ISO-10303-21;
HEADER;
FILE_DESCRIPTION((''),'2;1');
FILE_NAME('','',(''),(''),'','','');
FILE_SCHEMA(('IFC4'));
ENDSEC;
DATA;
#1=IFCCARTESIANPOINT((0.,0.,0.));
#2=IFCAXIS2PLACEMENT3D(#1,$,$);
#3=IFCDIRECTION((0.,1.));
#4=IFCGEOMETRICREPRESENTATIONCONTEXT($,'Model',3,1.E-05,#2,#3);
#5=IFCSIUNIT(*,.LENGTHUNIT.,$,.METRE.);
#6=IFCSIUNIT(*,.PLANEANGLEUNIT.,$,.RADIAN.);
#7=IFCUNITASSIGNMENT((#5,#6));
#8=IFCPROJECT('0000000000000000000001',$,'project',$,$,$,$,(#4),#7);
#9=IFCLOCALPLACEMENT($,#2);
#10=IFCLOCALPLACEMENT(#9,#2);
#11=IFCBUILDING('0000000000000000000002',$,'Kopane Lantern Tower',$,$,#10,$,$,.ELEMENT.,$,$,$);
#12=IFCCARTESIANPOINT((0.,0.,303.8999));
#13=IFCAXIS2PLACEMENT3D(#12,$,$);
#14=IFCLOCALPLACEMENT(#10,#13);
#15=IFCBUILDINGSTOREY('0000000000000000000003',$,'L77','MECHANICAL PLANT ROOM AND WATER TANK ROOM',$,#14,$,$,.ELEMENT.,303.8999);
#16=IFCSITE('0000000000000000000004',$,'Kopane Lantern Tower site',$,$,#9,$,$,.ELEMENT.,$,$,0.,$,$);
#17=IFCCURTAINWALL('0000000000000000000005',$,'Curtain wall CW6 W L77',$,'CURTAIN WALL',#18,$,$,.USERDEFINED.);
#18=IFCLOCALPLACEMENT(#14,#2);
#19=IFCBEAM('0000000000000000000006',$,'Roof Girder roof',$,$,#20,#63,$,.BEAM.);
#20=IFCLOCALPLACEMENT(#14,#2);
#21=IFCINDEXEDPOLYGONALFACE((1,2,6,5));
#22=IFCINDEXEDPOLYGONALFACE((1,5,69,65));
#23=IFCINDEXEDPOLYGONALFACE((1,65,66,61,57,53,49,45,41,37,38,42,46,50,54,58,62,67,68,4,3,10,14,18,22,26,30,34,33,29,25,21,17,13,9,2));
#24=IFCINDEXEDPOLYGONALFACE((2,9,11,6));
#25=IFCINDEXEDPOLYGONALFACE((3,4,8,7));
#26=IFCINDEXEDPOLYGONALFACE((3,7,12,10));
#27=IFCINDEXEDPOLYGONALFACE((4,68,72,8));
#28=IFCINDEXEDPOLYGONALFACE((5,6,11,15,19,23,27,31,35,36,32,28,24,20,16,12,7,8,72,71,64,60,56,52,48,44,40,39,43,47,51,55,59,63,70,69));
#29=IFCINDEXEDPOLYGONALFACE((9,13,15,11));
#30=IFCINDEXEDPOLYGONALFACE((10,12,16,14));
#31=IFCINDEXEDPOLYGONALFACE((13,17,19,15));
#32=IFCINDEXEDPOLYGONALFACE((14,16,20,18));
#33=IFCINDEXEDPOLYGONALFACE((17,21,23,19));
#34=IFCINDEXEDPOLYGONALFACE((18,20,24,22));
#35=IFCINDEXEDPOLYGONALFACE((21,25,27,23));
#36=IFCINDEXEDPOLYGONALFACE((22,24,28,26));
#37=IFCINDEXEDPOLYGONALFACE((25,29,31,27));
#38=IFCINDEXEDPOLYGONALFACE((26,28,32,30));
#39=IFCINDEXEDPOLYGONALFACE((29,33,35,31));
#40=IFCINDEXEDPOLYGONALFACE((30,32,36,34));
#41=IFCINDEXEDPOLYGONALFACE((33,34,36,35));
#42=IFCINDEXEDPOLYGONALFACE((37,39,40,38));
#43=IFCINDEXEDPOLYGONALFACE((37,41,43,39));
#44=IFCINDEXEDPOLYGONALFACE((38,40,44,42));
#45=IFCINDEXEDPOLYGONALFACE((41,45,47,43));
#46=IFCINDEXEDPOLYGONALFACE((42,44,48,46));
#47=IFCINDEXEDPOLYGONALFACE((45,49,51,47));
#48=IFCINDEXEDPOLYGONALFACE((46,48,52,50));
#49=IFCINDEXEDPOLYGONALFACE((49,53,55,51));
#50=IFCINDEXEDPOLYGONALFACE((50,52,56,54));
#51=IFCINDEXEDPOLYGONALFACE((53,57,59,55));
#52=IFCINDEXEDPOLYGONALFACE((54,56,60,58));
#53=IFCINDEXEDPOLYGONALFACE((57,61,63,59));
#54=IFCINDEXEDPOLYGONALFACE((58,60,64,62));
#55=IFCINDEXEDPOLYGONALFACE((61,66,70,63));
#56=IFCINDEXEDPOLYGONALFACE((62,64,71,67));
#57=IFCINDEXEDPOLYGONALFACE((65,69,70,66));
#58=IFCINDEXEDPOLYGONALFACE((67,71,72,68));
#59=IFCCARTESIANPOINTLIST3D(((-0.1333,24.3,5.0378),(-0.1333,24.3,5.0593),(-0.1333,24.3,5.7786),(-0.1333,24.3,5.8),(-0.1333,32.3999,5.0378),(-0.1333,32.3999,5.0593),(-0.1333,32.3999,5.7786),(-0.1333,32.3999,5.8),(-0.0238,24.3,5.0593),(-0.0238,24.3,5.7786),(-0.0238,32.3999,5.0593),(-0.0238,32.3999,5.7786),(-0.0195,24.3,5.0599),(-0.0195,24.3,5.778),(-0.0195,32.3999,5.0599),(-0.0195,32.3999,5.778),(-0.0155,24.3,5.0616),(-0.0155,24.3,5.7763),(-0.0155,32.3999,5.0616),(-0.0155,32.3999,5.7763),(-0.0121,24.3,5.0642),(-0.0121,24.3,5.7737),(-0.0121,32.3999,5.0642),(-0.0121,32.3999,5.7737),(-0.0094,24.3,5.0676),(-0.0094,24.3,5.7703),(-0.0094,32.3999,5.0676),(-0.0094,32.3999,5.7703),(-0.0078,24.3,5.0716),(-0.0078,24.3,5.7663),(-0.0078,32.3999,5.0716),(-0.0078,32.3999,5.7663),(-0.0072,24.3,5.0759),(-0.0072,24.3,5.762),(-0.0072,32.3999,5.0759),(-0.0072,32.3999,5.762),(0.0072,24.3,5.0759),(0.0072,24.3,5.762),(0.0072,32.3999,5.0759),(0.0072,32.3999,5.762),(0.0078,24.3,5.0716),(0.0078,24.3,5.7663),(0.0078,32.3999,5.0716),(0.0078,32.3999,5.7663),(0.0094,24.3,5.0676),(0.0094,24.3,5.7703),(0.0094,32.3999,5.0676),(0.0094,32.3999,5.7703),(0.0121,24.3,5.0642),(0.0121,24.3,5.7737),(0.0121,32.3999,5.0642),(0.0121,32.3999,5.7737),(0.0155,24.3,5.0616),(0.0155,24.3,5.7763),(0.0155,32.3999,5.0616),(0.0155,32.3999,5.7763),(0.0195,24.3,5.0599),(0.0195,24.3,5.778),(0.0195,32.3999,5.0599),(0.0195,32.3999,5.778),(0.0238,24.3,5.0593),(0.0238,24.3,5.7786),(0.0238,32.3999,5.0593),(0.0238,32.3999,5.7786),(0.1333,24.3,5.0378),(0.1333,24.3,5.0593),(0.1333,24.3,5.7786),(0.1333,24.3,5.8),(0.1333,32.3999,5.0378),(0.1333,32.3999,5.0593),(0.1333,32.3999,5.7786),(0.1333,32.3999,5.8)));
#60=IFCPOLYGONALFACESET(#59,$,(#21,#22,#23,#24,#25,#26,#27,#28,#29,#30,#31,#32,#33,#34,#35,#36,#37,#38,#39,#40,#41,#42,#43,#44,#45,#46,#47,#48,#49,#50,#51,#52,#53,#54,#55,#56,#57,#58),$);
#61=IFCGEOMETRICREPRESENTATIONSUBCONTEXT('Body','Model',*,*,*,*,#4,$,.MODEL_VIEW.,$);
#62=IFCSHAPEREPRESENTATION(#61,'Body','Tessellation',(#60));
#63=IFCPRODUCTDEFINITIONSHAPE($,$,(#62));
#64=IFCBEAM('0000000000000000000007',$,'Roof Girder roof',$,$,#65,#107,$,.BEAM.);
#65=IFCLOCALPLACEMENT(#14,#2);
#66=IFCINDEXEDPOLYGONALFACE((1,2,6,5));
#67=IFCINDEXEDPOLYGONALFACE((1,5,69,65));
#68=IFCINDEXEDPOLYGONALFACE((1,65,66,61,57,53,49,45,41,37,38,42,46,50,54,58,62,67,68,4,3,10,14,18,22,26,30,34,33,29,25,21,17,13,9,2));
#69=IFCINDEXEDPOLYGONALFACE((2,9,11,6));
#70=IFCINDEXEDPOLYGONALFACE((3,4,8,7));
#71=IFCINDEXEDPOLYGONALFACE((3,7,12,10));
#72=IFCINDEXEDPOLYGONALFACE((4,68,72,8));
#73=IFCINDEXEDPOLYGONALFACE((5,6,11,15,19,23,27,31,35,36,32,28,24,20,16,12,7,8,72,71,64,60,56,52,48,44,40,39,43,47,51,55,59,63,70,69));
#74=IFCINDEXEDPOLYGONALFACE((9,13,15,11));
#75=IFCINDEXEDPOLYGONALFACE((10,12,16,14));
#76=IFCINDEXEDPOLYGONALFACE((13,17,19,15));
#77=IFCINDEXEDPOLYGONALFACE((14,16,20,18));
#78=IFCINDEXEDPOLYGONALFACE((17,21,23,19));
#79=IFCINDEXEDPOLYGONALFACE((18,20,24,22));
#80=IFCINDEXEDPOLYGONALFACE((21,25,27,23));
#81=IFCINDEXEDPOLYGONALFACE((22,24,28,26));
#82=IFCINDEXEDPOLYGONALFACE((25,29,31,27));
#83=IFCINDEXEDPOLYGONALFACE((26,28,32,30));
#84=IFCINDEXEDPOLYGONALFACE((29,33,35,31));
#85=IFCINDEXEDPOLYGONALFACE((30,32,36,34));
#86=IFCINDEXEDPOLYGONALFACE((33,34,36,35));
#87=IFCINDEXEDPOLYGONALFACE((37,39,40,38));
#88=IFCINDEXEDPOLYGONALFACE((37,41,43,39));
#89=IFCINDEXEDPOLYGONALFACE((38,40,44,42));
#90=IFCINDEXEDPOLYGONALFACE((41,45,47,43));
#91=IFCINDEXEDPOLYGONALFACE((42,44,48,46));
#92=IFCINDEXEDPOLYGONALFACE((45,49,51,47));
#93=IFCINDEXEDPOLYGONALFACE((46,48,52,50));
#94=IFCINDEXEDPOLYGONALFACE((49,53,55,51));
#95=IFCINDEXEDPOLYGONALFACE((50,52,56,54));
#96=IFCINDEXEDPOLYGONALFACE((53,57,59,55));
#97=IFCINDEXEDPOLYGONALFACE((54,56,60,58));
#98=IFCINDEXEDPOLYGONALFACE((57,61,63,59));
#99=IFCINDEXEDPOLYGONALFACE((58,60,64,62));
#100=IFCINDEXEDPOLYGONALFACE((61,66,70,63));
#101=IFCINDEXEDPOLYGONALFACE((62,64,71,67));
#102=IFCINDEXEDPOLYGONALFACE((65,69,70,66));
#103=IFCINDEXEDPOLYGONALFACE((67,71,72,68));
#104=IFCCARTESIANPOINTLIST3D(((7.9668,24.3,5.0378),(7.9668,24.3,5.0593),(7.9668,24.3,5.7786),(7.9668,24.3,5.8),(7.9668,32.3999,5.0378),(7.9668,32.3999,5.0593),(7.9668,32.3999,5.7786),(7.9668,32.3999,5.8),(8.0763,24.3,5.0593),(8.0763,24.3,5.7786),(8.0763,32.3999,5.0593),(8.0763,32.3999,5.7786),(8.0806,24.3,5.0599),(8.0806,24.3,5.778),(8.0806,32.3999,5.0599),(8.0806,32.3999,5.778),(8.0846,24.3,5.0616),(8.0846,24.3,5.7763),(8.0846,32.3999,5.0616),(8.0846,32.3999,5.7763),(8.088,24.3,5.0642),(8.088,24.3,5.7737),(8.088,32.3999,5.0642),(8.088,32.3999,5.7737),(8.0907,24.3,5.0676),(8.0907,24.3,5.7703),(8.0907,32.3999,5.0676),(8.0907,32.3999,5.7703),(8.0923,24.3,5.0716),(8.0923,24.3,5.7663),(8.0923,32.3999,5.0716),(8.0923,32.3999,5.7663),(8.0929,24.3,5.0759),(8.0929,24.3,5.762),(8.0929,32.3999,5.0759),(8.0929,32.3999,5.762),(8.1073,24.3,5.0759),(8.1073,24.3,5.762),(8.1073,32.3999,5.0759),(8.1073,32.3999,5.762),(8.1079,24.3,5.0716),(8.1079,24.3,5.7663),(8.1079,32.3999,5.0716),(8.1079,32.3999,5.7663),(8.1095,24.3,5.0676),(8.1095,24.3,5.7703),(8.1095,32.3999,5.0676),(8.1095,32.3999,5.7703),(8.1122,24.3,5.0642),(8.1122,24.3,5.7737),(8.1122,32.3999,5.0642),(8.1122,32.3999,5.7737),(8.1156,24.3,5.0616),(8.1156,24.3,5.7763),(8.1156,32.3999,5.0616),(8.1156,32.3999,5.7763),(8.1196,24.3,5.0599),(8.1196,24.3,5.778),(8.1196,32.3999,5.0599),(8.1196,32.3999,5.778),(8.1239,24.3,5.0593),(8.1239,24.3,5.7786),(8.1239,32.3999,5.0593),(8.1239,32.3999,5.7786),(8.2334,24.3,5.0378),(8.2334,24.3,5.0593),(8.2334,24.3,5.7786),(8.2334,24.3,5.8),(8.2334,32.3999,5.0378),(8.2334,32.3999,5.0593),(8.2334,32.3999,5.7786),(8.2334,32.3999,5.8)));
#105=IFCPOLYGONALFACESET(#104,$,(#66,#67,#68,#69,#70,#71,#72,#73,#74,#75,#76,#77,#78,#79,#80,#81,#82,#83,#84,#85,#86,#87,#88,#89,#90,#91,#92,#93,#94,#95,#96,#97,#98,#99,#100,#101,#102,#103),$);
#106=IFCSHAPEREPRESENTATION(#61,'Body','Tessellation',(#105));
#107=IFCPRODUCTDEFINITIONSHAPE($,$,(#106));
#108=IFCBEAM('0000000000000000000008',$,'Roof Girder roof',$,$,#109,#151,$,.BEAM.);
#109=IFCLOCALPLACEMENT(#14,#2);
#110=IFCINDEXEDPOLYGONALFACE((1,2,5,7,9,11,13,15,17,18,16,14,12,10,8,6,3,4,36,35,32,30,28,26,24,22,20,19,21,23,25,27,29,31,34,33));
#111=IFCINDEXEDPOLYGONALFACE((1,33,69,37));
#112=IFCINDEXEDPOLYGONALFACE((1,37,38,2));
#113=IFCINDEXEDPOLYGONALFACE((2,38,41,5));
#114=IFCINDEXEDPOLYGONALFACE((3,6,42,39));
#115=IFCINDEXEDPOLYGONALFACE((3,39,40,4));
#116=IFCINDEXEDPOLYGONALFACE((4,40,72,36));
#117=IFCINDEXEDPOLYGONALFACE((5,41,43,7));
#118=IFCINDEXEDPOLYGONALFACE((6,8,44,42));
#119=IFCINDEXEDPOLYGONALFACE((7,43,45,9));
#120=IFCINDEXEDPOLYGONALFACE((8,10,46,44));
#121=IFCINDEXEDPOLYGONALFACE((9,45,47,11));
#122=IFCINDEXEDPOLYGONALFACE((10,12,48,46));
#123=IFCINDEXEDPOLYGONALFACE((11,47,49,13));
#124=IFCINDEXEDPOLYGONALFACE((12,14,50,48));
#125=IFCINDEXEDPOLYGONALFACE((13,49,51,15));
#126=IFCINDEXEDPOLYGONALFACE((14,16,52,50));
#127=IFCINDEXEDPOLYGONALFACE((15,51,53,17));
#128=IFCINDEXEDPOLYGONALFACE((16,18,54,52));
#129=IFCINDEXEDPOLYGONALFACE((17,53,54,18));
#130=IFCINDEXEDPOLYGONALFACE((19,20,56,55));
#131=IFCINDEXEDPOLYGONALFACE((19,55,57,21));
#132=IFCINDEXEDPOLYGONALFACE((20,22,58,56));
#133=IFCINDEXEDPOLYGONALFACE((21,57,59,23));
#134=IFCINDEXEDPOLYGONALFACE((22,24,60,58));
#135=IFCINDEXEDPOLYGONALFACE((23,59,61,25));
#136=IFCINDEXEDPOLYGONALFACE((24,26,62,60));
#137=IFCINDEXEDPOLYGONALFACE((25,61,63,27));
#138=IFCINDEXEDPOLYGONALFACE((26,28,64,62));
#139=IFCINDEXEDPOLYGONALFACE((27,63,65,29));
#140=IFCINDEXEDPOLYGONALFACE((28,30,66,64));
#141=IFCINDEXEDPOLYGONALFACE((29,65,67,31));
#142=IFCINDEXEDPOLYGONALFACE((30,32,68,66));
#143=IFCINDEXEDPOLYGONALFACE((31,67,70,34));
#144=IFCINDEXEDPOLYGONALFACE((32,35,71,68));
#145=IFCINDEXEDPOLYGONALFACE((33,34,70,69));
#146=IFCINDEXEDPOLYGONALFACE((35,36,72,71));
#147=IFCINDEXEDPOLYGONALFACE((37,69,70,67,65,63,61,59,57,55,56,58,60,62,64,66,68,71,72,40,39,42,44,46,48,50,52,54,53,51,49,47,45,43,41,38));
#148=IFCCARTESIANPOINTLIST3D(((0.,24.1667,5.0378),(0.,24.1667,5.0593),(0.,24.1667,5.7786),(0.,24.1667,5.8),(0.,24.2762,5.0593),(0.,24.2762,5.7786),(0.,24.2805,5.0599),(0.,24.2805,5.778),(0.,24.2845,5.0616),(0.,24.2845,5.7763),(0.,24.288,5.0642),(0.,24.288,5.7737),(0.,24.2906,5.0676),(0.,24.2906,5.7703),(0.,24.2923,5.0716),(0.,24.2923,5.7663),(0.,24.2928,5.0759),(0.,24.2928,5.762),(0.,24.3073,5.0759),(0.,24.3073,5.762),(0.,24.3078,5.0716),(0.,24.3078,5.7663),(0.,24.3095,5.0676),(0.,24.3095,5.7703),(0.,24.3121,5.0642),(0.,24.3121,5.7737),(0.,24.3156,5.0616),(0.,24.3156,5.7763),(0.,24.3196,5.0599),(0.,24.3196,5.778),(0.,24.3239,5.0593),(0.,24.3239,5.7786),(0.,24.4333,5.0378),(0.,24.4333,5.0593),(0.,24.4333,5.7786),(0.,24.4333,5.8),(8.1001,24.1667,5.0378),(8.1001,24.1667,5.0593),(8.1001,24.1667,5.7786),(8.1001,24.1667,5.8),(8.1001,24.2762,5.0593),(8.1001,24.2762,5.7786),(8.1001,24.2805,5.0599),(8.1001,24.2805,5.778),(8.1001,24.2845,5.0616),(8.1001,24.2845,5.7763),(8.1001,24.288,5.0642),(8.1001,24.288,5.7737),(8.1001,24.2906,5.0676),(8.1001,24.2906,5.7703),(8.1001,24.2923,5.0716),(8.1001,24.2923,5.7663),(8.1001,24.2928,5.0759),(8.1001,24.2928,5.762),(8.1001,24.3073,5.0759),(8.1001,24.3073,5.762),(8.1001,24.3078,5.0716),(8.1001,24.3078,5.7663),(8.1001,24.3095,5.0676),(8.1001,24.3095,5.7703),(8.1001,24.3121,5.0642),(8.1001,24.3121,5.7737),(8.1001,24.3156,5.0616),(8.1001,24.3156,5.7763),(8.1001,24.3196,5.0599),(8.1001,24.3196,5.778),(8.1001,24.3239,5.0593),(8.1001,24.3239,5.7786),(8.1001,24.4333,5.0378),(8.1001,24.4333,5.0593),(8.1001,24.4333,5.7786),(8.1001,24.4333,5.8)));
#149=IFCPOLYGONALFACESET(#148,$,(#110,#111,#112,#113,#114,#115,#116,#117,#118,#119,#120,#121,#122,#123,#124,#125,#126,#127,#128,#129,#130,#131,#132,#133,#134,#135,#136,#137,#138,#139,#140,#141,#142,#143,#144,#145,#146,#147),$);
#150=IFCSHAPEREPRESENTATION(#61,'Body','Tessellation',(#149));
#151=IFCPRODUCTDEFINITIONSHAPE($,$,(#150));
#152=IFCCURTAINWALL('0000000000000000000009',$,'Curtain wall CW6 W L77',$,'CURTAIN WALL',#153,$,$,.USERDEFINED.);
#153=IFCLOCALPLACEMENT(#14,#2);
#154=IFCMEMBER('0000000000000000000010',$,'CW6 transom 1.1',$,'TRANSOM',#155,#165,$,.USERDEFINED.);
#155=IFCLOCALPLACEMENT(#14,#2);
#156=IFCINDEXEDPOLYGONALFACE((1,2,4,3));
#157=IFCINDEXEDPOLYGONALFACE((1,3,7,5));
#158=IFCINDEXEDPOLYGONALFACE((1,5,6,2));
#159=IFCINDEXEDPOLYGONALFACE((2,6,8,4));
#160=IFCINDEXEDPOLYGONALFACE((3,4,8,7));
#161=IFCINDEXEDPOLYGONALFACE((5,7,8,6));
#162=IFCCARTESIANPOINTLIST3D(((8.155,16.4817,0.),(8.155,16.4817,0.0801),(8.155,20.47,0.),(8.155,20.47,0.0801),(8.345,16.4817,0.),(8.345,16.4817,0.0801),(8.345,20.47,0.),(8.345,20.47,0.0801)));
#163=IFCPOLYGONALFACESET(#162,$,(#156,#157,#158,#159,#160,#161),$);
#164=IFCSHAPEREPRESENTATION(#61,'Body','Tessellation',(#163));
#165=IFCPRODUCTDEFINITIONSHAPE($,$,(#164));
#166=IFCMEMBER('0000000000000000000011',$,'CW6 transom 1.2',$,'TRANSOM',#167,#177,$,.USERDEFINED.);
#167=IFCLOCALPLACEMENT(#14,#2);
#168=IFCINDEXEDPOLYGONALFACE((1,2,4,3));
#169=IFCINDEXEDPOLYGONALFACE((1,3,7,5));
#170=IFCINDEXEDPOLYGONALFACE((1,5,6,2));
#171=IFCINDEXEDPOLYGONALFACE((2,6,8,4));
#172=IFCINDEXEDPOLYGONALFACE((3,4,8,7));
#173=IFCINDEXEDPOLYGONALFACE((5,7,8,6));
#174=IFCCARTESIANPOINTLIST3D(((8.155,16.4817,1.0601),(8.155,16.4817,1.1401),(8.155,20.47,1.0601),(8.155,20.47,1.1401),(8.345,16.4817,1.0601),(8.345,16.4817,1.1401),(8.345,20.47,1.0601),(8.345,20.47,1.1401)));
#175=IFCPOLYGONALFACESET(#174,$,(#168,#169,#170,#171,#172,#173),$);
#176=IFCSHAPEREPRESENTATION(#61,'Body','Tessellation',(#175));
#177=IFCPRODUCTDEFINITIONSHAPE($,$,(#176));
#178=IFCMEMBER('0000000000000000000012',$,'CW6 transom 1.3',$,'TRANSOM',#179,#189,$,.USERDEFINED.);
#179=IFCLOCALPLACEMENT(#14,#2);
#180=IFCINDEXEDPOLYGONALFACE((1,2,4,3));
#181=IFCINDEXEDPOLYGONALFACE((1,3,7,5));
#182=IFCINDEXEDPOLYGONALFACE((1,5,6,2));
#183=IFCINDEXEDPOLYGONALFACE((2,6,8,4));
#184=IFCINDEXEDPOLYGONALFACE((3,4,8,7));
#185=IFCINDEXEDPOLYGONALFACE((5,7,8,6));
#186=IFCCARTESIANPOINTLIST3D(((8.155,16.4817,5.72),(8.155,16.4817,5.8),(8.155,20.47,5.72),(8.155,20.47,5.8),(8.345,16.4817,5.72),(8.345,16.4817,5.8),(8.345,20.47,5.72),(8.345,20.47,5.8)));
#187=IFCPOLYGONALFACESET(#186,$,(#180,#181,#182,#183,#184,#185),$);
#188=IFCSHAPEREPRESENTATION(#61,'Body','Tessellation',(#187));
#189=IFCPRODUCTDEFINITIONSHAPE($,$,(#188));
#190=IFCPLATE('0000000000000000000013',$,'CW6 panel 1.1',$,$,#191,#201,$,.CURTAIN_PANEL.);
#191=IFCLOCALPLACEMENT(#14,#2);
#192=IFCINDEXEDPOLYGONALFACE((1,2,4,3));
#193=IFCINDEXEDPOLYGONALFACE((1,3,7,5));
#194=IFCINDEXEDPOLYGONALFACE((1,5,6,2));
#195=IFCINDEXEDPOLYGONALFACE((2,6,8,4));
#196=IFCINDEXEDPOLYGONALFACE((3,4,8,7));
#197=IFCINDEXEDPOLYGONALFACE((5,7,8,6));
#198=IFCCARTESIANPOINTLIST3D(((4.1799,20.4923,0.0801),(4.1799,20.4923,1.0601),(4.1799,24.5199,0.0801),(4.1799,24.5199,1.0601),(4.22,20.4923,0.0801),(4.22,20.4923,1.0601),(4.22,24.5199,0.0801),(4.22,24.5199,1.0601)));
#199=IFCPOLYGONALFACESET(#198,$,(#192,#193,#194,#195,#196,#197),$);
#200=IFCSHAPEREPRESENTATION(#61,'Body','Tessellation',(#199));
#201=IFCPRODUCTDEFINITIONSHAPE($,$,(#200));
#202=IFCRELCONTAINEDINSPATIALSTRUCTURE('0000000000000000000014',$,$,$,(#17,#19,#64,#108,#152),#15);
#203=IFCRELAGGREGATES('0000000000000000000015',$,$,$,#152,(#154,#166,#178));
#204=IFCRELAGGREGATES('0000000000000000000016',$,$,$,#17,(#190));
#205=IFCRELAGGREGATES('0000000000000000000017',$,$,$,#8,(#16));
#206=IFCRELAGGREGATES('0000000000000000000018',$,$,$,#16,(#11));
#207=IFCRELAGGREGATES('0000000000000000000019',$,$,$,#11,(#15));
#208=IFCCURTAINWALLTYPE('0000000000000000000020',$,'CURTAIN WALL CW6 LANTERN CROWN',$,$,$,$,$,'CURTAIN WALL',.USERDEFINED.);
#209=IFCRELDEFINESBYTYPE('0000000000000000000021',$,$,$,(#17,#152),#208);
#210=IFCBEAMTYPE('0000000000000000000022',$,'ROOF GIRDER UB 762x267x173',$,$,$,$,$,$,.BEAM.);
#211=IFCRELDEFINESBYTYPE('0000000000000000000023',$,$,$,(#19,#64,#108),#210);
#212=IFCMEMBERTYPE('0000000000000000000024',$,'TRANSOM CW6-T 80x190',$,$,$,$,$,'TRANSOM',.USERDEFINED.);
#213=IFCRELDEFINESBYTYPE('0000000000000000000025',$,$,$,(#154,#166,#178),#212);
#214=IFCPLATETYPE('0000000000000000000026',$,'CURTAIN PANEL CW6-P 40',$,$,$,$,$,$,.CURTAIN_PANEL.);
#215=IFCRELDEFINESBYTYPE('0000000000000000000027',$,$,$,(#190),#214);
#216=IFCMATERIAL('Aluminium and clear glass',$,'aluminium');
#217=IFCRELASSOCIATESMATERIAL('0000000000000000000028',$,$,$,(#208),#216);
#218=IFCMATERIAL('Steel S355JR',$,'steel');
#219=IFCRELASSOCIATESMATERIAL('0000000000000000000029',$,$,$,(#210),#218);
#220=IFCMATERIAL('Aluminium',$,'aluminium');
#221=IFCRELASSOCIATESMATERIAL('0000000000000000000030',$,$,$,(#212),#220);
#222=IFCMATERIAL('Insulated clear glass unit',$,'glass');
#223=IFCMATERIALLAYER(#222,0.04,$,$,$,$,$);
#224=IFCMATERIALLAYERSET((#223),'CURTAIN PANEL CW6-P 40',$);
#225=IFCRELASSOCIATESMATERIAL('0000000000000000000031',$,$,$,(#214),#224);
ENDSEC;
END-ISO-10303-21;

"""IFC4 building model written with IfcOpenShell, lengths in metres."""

from ifc_helpers import new_model, si_unit, direction, frame, origin, origin_2d, place, context, subcontext, project, spatial, rectangle, i_section, extrude, material, layer, layer_set, material_profile, profile_set, type_object, element, aggregate, save


model = new_model("IFC4")

# Units and contexts
model_context = context("Model", 3, precision=1e-05, world=origin(), true_north=direction((0.0, 1.0)))
body_context = subcontext(model_context, "Body", "Model", "MODEL_VIEW")
ifc_project = project(units=[si_unit("LENGTHUNIT", "METRE"), si_unit("PLANEANGLEUNIT", "RADIAN")], contexts=[model_context])

# Site, building, storey
site_placement = place(None, origin())
site = spatial("IfcSite", under=ifc_project, at=site_placement, Name="Kopane Lantern Tower site", CompositionType="ELEMENT", RefElevation=0.0)
building_placement = place(site_placement, origin())
building = spatial("IfcBuilding", under=site, at=building_placement, Name="Kopane Lantern Tower", CompositionType="ELEMENT")
storey_placement = place(building_placement, frame((0.0, 0.0, 303.8999)))
storey = spatial("IfcBuildingStorey", under=building, at=storey_placement, Name="L77", Description="MECHANICAL PLANT ROOM AND WATER TANK ROOM", CompositionType="ELEMENT", Elevation=303.8999)

# Curtain wall
ifc_material_1 = material(Name="Aluminium and clear glass", Category="aluminium")
curtain_wall_type = type_object("IfcCurtainWallType", Name="CURTAIN WALL CW6 LANTERN CROWN", ElementType="CURTAIN WALL", PredefinedType="USERDEFINED", material=ifc_material_1)
curtain_wall_1_placement = place(storey_placement, origin())
curtain_wall_1 = element("IfcCurtainWall", 1, at=curtain_wall_1_placement, inside=storey, type_object=curtain_wall_type, Name="Curtain wall CW6 W L77", ObjectType="CURTAIN WALL", PredefinedType="USERDEFINED")

# Beams
ifc_material_2 = material(Name="Steel S355JR", Category="steel")
ifc_material_profile_1 = material_profile(ifc_material_2, i_section(OverallWidth=0.2666, OverallDepth=0.7622, WebThickness=0.0144, FlangeThickness=0.0215, FilletRadius=0.0166, at=origin_2d()), Name="UB 762x267x173")
ifc_profile_set_1 = profile_set([ifc_material_profile_1], Name="Steel S355JR")
beam_type_1 = type_object("IfcBeamType", Name="ROOF GIRDER UB 762x267x173", PredefinedType="BEAM", material=ifc_profile_set_1)
for number, where, z_axis, x_axis, name in (
    (2, (0.0, 24.3, 5.4189), (0.0, 1.0, 0.0), (-1.0, 0.0, 0.0), "Roof Girder roof"),
    (3, (8.1001, 24.3, 5.4189), (0.0, 1.0, 0.0), (-1.0, 0.0, 0.0), "Roof Girder roof"),
):
    element("IfcBeam", number, at=place(storey_placement, frame(where, z_axis=z_axis, x_axis=x_axis)), inside=storey, type_object=beam_type_1, Name=name, PredefinedType="BEAM", context=body_context, shape_type="SweptSolid", body=[
        extrude(i_section(OverallWidth=0.2666, OverallDepth=0.7622, WebThickness=0.0144, FlangeThickness=0.0215, FilletRadius=0.0166, at=origin_2d()), origin(), (0.0, 0.0, 1.0), 8.0999),
    ])
beam_1_placement = place(storey_placement, frame((0.0, 24.3, 5.4189), z_axis=(1.0, 0.0, 0.0), x_axis=(0.0, 1.0, 0.0)))
element("IfcBeam", 4, at=beam_1_placement, inside=storey, type_object=beam_type_1, Name="Roof Girder roof", PredefinedType="BEAM", context=body_context, shape_type="SweptSolid", body=[
    extrude(i_section(OverallWidth=0.2666, OverallDepth=0.7622, WebThickness=0.0144, FlangeThickness=0.0215, FilletRadius=0.0166, at=origin_2d()), origin(), (0.0, 0.0, 1.0), 8.1001),
])

# Curtain wall, members
curtain_wall_2_placement = place(storey_placement, origin())
curtain_wall_2 = element("IfcCurtainWall", 5, at=curtain_wall_2_placement, inside=storey, type_object=curtain_wall_type, Name="Curtain wall CW6 W L77", ObjectType="CURTAIN WALL", PredefinedType="USERDEFINED")
ifc_material_3 = material(Name="Aluminium", Category="aluminium")
ifc_material_profile_2 = material_profile(ifc_material_3, rectangle(XDim=0.1899, YDim=0.0801, at=origin_2d()), Name="AL 190x80")
ifc_profile_set_2 = profile_set([ifc_material_profile_2], Name="Aluminium")
member_type_1 = type_object("IfcMemberType", Name="TRANSOM CW6-T 80x190", ElementType="TRANSOM", PredefinedType="USERDEFINED", material=ifc_profile_set_2)
member_1_placement = place(storey_placement, frame((8.25, 20.47, 0.04), z_axis=(0.0, -1.0, 0.0), x_axis=(1.0, 0.0, 0.0)))
member_1 = element("IfcMember", 6, at=member_1_placement, type_object=member_type_1, Name="CW6 transom 1.1", ObjectType="TRANSOM", PredefinedType="USERDEFINED", context=body_context, shape_type="SweptSolid", body=[
    extrude(rectangle(XDim=0.1899, YDim=0.0801, at=origin_2d()), origin(), (0.0, 0.0, 1.0), 3.9883),
])
member_2_placement = place(storey_placement, frame((8.25, 20.47, 1.1001), z_axis=(0.0, -1.0, 0.0), x_axis=(1.0, 0.0, 0.0)))
member_2 = element("IfcMember", 7, at=member_2_placement, type_object=member_type_1, Name="CW6 transom 1.2", ObjectType="TRANSOM", PredefinedType="USERDEFINED", context=body_context, shape_type="SweptSolid", body=[
    extrude(rectangle(XDim=0.1899, YDim=0.0801, at=origin_2d()), origin(), (0.0, 0.0, 1.0), 3.9883),
])
member_3_placement = place(storey_placement, frame((8.25, 20.47, 5.76), z_axis=(0.0, -1.0, 0.0), x_axis=(1.0, 0.0, 0.0)))
member_3 = element("IfcMember", 8, at=member_3_placement, type_object=member_type_1, Name="CW6 transom 1.3", ObjectType="TRANSOM", PredefinedType="USERDEFINED", context=body_context, shape_type="SweptSolid", body=[
    extrude(rectangle(XDim=0.1899, YDim=0.0801, at=origin_2d()), origin(), (0.0, 0.0, 1.0), 3.9883),
])
aggregate(curtain_wall_2, [member_1, member_2, member_3])

# Plate
ifc_material_4 = material(Name="Insulated clear glass unit", Category="glass")
ifc_layer_1 = layer(ifc_material_4, 0.04)
ifc_layer_set_1 = layer_set([ifc_layer_1], Name="CURTAIN PANEL CW6-P 40")
plate_type_1 = type_object("IfcPlateType", Name="CURTAIN PANEL CW6-P 40", PredefinedType="CURTAIN_PANEL", material=ifc_layer_set_1)
plate_1_placement = place(storey_placement, frame((4.2, 22.5061, 0.0801), z_axis=(0.0, 0.0, 1.0), x_axis=(0.0, -1.0, 0.0)))
plate_1 = element("IfcPlate", 9, at=plate_1_placement, type_object=plate_type_1, Name="CW6 panel 1.1", PredefinedType="CURTAIN_PANEL", context=body_context, shape_type="SweptSolid", body=[
    extrude(rectangle(XDim=4.0276, YDim=0.04, at=origin_2d()), origin(), (0.0, 0.0, 1.0), 0.98),
])
aggregate(curtain_wall_1, [plate_1])

save(model, "model.ifc")
